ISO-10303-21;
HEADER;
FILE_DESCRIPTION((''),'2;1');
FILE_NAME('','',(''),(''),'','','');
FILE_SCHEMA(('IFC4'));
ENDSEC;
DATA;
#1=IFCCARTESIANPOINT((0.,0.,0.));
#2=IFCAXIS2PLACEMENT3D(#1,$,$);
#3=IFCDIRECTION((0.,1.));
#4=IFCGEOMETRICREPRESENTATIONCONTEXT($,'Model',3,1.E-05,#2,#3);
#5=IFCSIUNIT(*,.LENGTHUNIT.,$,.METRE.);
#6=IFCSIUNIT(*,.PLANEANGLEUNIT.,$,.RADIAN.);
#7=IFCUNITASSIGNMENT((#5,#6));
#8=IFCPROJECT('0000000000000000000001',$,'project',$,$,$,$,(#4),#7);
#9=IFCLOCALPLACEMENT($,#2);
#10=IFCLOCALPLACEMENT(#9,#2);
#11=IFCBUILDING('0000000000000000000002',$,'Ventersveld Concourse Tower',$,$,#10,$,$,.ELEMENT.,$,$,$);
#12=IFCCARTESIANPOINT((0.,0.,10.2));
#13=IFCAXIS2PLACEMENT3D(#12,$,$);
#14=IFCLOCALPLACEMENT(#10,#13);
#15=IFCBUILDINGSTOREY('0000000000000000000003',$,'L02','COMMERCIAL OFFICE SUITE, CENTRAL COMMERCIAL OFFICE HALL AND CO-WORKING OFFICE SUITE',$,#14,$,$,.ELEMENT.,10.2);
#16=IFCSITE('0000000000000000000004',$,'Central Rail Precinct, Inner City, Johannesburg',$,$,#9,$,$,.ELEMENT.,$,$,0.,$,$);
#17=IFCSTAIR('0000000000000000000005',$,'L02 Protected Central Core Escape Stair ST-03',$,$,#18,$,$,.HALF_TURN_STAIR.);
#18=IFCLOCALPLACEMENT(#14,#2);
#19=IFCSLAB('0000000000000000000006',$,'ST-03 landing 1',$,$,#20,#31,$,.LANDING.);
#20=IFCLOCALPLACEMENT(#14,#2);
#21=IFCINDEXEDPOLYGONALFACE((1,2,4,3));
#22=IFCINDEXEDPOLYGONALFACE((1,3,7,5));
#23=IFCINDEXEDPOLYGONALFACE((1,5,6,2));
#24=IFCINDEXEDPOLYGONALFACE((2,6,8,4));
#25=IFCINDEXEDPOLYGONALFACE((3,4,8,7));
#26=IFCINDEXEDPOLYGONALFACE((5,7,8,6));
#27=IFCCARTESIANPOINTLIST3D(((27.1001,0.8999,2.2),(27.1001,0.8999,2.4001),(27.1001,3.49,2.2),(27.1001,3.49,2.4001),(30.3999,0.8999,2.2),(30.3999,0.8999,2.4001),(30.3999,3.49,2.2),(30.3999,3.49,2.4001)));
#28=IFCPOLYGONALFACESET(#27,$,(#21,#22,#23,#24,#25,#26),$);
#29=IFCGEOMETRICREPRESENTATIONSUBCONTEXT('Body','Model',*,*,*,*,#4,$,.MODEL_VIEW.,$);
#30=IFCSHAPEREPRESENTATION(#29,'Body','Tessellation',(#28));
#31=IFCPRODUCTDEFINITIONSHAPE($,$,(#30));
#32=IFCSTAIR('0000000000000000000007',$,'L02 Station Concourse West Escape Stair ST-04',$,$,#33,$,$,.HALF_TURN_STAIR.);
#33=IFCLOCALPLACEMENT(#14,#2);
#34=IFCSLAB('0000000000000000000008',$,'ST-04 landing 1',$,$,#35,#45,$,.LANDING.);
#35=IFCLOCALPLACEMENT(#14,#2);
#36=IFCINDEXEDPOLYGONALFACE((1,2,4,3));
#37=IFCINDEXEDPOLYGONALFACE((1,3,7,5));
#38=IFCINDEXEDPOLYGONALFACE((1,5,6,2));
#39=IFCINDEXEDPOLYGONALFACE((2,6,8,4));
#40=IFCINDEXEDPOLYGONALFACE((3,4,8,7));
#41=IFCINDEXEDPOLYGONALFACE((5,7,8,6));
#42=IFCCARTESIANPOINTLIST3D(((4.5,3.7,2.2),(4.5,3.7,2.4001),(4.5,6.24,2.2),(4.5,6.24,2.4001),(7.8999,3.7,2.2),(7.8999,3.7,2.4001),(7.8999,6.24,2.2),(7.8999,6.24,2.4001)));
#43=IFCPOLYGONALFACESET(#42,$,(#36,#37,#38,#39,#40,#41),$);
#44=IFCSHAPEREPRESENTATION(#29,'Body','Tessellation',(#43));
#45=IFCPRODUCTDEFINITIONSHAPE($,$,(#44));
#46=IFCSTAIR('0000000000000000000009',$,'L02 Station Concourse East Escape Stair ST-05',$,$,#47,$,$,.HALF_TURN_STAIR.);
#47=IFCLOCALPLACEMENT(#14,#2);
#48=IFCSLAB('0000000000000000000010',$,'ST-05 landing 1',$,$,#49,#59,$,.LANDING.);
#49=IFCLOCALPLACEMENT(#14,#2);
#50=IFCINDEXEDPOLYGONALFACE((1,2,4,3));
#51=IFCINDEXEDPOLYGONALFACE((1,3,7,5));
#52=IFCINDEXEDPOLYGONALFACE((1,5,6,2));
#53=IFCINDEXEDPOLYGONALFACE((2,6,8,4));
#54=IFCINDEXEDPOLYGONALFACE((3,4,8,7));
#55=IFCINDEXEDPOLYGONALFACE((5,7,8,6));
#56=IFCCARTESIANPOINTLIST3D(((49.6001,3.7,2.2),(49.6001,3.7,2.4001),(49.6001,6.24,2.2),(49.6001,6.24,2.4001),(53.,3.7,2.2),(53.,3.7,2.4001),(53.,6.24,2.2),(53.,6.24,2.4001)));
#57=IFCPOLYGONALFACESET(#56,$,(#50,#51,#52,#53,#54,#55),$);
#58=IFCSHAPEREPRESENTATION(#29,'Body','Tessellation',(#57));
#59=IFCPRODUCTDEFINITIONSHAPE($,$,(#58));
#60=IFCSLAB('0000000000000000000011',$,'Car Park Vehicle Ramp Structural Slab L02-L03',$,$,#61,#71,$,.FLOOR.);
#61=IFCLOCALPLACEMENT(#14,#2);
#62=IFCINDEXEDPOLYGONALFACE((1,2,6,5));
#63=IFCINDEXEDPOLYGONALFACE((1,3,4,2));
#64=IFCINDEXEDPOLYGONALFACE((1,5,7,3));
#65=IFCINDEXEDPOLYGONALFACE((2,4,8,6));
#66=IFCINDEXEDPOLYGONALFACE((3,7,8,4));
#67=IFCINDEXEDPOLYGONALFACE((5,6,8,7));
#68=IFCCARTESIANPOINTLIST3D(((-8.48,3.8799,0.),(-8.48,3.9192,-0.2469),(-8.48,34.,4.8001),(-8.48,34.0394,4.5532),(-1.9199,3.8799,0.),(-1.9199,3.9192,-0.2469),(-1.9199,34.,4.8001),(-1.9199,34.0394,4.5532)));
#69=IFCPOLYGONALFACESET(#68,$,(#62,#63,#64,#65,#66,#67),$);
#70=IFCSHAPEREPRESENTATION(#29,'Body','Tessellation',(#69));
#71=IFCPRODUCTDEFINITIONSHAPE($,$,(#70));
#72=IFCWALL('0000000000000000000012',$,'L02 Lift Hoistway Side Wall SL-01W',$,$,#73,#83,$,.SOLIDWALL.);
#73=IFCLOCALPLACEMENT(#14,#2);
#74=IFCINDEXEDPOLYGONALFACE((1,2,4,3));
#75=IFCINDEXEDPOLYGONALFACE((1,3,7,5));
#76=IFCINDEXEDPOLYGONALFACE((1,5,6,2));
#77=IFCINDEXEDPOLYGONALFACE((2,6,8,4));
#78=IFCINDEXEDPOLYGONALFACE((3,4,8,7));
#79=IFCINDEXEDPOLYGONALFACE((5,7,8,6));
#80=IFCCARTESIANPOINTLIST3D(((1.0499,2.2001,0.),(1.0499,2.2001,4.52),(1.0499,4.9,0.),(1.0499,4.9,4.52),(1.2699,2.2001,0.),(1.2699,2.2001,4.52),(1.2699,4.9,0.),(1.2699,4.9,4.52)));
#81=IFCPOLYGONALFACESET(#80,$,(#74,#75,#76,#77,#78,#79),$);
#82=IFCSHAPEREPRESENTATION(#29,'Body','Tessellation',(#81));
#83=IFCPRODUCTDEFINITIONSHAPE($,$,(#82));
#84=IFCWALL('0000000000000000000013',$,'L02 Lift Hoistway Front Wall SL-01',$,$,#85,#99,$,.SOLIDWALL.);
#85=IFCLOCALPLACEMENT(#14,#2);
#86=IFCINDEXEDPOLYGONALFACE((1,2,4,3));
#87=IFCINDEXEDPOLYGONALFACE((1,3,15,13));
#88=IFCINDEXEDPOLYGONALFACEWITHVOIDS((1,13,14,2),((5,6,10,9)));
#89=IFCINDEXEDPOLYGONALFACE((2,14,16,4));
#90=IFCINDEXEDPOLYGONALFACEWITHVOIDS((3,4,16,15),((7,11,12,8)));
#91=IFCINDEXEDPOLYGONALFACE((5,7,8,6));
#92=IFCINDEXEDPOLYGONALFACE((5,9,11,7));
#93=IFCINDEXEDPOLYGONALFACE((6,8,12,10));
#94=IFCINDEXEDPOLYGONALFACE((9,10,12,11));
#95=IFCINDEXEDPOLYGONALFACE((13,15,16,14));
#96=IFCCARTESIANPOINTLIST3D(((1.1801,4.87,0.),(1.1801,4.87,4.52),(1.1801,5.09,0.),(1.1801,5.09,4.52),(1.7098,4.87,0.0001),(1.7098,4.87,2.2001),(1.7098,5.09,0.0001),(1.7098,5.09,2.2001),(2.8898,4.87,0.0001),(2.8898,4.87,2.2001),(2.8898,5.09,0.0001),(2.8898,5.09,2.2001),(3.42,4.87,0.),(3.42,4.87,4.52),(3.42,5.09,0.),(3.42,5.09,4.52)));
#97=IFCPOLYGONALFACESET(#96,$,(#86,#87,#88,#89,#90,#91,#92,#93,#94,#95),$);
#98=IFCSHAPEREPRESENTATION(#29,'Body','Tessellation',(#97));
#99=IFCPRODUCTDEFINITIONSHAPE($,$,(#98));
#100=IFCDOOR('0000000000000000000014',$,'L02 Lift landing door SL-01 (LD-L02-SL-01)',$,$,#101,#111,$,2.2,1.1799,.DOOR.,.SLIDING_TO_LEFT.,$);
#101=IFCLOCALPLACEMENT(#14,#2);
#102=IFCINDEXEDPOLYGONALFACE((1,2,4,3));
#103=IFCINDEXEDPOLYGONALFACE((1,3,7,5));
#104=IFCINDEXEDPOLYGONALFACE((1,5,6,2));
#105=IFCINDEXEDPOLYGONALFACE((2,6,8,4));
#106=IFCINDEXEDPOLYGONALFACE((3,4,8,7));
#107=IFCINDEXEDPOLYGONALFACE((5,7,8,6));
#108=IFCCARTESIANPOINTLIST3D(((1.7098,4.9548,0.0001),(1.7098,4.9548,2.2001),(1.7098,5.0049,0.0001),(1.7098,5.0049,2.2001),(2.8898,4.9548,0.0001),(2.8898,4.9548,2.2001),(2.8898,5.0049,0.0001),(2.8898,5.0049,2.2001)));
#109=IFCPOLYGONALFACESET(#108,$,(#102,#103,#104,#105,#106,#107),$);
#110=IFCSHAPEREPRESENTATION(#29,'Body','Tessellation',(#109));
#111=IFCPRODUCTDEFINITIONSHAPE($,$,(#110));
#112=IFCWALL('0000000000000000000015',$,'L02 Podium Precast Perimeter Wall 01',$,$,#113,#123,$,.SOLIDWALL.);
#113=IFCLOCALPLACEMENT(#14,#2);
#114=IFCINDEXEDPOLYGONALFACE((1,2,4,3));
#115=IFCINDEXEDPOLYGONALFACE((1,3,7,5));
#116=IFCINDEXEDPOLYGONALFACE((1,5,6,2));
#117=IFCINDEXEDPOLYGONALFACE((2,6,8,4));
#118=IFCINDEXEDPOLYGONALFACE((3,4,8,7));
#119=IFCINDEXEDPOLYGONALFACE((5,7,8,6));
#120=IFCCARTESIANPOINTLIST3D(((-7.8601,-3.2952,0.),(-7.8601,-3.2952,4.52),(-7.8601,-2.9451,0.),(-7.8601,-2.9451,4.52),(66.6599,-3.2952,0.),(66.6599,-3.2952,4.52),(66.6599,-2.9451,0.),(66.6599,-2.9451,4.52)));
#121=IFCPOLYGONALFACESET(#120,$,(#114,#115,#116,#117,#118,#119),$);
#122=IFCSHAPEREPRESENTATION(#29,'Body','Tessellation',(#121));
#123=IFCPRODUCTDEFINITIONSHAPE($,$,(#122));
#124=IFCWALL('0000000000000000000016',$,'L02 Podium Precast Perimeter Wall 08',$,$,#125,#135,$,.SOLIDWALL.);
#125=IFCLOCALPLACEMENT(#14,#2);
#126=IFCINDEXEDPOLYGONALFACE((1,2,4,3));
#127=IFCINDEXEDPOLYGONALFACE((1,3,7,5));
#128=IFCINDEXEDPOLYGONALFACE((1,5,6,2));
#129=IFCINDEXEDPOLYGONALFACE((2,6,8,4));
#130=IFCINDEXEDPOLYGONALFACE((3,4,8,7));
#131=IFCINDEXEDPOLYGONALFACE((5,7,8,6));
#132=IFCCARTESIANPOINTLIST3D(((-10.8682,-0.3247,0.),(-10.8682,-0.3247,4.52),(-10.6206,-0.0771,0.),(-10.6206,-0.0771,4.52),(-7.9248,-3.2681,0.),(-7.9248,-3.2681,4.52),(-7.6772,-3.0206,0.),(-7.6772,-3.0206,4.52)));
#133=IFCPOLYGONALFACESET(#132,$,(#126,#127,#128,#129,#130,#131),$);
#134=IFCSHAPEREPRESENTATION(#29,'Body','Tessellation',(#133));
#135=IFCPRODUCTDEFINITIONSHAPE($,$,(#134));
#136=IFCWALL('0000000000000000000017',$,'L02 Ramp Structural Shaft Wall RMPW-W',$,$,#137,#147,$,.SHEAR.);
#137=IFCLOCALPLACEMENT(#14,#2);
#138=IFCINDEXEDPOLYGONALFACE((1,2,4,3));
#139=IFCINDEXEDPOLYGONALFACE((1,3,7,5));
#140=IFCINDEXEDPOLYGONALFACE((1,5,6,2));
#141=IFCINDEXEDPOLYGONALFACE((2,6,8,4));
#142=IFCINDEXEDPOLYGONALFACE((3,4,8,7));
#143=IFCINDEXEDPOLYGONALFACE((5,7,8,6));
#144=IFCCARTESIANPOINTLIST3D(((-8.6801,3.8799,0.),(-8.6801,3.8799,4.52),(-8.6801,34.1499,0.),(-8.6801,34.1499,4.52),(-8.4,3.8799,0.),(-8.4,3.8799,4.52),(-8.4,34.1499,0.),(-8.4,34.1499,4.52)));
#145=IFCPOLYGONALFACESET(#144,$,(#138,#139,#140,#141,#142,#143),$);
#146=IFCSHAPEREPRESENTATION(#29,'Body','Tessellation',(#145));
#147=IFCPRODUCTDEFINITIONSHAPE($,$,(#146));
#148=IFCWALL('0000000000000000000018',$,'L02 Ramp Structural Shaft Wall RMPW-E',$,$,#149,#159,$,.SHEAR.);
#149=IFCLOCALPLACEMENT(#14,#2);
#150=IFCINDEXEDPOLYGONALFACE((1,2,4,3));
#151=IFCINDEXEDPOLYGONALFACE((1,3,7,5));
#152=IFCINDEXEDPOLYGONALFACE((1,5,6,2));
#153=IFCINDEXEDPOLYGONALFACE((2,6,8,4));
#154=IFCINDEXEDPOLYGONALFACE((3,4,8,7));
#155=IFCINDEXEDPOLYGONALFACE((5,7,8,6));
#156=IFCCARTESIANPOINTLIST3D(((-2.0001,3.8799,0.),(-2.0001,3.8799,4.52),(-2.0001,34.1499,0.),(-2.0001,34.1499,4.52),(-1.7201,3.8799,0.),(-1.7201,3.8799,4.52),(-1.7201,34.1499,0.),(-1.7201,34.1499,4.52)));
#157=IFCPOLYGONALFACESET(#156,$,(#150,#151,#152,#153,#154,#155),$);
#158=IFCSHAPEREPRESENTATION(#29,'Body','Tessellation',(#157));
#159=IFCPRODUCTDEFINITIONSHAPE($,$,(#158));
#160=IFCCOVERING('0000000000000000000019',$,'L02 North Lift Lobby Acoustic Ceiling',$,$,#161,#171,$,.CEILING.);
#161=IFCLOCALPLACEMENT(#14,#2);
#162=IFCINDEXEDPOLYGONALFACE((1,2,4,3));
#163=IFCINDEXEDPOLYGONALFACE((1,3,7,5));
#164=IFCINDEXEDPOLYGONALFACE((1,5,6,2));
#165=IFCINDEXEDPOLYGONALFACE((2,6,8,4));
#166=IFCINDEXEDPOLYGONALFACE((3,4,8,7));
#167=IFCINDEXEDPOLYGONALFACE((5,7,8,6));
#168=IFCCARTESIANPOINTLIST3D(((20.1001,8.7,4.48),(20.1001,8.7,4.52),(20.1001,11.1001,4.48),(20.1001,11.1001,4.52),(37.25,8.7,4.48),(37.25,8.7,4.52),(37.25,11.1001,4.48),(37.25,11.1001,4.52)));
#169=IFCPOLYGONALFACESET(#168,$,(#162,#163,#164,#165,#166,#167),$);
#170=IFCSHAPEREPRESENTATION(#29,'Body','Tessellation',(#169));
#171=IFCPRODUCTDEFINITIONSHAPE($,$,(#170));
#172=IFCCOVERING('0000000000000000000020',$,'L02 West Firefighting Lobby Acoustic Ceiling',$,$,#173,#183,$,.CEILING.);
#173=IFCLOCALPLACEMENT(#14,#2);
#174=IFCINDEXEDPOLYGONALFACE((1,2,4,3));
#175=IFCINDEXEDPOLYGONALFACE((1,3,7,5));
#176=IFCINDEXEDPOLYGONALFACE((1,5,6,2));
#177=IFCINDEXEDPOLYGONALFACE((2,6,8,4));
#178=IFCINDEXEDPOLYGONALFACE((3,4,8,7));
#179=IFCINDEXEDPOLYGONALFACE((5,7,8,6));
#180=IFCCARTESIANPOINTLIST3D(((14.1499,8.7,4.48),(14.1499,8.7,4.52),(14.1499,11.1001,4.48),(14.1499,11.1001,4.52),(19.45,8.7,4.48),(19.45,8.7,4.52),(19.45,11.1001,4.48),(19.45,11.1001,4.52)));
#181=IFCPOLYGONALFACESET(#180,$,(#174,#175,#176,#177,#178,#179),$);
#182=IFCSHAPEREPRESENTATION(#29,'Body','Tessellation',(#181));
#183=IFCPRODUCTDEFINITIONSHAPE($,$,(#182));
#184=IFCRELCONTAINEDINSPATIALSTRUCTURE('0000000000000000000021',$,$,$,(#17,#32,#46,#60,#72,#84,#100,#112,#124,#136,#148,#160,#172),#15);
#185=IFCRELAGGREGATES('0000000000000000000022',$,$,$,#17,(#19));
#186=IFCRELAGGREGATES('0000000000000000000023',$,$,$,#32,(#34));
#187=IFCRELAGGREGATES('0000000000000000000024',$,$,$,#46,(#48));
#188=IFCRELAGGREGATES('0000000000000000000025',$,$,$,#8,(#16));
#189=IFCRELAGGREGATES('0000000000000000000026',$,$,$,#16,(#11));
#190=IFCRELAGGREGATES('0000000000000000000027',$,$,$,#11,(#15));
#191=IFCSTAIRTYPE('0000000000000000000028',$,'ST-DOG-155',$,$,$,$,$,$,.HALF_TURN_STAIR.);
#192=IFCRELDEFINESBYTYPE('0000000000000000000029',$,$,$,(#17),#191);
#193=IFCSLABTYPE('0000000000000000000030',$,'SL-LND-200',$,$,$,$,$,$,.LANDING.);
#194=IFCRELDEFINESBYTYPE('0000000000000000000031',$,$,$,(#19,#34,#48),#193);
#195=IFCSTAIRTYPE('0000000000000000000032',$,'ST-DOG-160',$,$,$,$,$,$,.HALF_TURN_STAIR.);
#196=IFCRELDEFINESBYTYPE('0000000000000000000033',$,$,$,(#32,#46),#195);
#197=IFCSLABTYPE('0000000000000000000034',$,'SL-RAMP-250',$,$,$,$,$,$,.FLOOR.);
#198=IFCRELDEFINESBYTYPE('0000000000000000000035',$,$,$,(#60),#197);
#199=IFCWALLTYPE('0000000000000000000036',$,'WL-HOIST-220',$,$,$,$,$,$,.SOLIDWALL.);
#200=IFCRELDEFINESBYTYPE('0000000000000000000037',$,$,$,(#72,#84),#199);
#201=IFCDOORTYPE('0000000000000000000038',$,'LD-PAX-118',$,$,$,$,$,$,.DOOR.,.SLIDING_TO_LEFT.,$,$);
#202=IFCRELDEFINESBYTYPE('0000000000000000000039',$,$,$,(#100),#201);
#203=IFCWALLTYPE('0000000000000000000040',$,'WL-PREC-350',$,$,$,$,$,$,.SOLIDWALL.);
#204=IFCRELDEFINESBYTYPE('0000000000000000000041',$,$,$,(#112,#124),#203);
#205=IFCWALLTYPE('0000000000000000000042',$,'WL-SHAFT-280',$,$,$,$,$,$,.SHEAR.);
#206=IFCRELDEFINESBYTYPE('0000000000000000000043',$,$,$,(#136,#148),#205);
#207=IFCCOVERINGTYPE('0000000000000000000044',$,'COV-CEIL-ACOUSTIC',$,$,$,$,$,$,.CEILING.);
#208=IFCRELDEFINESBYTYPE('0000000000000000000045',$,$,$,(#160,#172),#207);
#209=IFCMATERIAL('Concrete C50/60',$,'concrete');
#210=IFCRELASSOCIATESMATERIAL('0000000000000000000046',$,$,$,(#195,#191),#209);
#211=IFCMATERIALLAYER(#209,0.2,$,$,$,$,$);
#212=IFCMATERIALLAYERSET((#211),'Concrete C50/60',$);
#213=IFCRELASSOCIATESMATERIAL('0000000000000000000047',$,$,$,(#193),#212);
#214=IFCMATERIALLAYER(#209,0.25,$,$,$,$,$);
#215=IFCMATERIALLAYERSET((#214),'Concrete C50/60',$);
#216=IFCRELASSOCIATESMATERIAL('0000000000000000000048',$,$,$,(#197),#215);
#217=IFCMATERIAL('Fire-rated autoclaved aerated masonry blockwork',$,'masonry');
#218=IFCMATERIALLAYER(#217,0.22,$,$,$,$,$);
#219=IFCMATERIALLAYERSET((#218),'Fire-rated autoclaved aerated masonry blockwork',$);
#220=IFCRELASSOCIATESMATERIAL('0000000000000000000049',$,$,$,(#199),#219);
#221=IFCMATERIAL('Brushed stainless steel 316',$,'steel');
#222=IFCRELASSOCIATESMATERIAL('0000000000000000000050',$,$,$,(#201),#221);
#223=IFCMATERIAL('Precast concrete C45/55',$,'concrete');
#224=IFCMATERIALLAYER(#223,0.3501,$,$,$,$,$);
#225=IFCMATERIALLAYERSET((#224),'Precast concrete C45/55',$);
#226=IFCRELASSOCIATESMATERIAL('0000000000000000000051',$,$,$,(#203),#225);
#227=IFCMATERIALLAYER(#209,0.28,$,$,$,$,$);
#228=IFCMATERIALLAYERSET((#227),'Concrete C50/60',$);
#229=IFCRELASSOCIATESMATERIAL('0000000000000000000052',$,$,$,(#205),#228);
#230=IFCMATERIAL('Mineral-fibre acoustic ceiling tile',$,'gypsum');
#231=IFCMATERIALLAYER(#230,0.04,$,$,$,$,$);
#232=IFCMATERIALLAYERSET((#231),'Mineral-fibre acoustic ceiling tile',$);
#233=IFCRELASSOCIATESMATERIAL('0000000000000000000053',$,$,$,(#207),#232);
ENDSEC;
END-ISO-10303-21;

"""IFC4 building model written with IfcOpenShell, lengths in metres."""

from ifc_helpers import new_model, si_unit, direction, frame, frame_2d, origin, place, context, subcontext, project, spatial, polyline, rectangle, outline, extrude, material, layer, layer_set, type_object, element, fill, aggregate, save


model = new_model("IFC4")

# Units and contexts
model_context = context("Model", 3, precision=1e-05, world=origin(), true_north=direction((0.0, 1.0)))
body_context = subcontext(model_context, "Body", "Model", "MODEL_VIEW")
ifc_project = project(units=[si_unit("LENGTHUNIT", "METRE"), si_unit("PLANEANGLEUNIT", "RADIAN")], contexts=[model_context])

# Site, building, storey
site_placement = place(None, origin())
site = spatial("IfcSite", under=ifc_project, at=site_placement, Name="Central Rail Precinct, Inner City, Johannesburg", CompositionType="ELEMENT", RefElevation=0.0)
building_placement = place(site_placement, origin())
building = spatial("IfcBuilding", under=site, at=building_placement, Name="Ventersveld Concourse Tower", CompositionType="ELEMENT")
storey_placement = place(building_placement, frame((0.0, 0.0, 10.2)))
storey = spatial("IfcBuildingStorey", under=building, at=storey_placement, Name="L02", Description="COMMERCIAL OFFICE SUITE, CENTRAL COMMERCIAL OFFICE HALL AND CO-WORKING OFFICE SUITE", CompositionType="ELEMENT", Elevation=10.2)

# Shared definitions
ifc_material_1 = material(Name="Concrete C50/60", Category="concrete")

# Stairs, slabs
stair_type_1 = type_object("IfcStairType", Name="ST-DOG-160", PredefinedType="HALF_TURN_STAIR", material=ifc_material_1)
ifc_layer_1 = layer(ifc_material_1, 0.2)
ifc_layer_set_1 = layer_set([ifc_layer_1], Name="Concrete C50/60")
slab_type_1 = type_object("IfcSlabType", Name="SL-LND-200", PredefinedType="LANDING", material=ifc_layer_set_1)
stair_type_2 = type_object("IfcStairType", Name="ST-DOG-155", PredefinedType="HALF_TURN_STAIR", material=ifc_material_1)
stair_1_placement = place(storey_placement, origin())
stair_1 = element("IfcStair", 1, at=stair_1_placement, inside=storey, type_object=stair_type_2, Name="L02 Protected Central Core Escape Stair ST-03", PredefinedType="HALF_TURN_STAIR")
slab_1_placement = place(storey_placement, frame((0.0, 0.0, 2.2)))
slab_1 = element("IfcSlab", 2, at=slab_1_placement, type_object=slab_type_1, Name="ST-03 landing 1", PredefinedType="LANDING", context=body_context, shape_type="SweptSolid", body=[
    extrude(outline(polyline([(27.1001, 3.49), (27.1001, 0.8999), (30.3999, 0.8999), (30.3999, 3.49), (27.1001, 3.49)])), origin(), (0.0, 0.0, 1.0), 0.2002),
])
aggregate(stair_1, [slab_1])
stair_2_placement = place(storey_placement, origin())
stair_2 = element("IfcStair", 3, at=stair_2_placement, inside=storey, type_object=stair_type_1, Name="L02 Station Concourse West Escape Stair ST-04", PredefinedType="HALF_TURN_STAIR")
slab_2_placement = place(storey_placement, frame((0.0, 0.0, 2.2)))
slab_2 = element("IfcSlab", 4, at=slab_2_placement, type_object=slab_type_1, Name="ST-04 landing 1", PredefinedType="LANDING", context=body_context, shape_type="SweptSolid", body=[
    extrude(outline(polyline([(4.5, 6.24), (4.5, 3.7), (7.8999, 3.7), (7.8999, 6.24), (4.5, 6.24)])), origin(), (0.0, 0.0, 1.0), 0.2002),
])
aggregate(stair_2, [slab_2])
stair_3_placement = place(storey_placement, origin())
stair_3 = element("IfcStair", 5, at=stair_3_placement, inside=storey, type_object=stair_type_1, Name="L02 Station Concourse East Escape Stair ST-05", PredefinedType="HALF_TURN_STAIR")
slab_3_placement = place(storey_placement, frame((0.0, 0.0, 2.2)))
slab_3 = element("IfcSlab", 6, at=slab_3_placement, type_object=slab_type_1, Name="ST-05 landing 1", PredefinedType="LANDING", context=body_context, shape_type="SweptSolid", body=[
    extrude(outline(polyline([(49.6001, 6.24), (49.6001, 3.7), (53.0, 3.7), (53.0, 6.24), (49.6001, 6.24)])), origin(), (0.0, 0.0, 1.0), 0.2002),
])
aggregate(stair_3, [slab_3])

# Slab
ifc_layer_2 = layer(ifc_material_1, 0.25)
ifc_layer_set_2 = layer_set([ifc_layer_2], Name="Concrete C50/60")
slab_type_2 = type_object("IfcSlabType", Name="SL-RAMP-250", PredefinedType="FLOOR", material=ifc_layer_set_2)
slab_4_placement = place(storey_placement, frame((-8.48, 3.8799, 0.0), z_axis=(0.0, -0.157378, 0.987538), x_axis=(1.0, 0.0, 0.0)))
element("IfcSlab", 7, at=slab_4_placement, inside=storey, type_object=slab_type_2, Name="Car Park Vehicle Ramp Structural Slab L02-L03", PredefinedType="FLOOR", context=body_context, shape_type="SweptSolid", body=[
    extrude(outline(polyline([(0.0, 0.0), (6.5601, 0.0), (6.5601, 30.5002), (0.0, 30.5002), (0.0, 0.0)])), origin(), (0.0, 0.0, -1.0), 0.25),
])

# Wall
ifc_material_2 = material(Name="Fire-rated autoclaved aerated masonry blockwork", Category="masonry")
ifc_layer_3 = layer(ifc_material_2, 0.22)
ifc_layer_set_3 = layer_set([ifc_layer_3], Name="Fire-rated autoclaved aerated masonry blockwork")
wall_type_1 = type_object("IfcWallType", Name="WL-HOIST-220", PredefinedType="SOLIDWALL", material=ifc_layer_set_3)
wall_1_placement = place(storey_placement, frame((1.1599, 2.2, 0.0), z_axis=(0.0, 0.0, 1.0), x_axis=(0.0, 1.0, 0.0)))
element("IfcWall", 8, at=wall_1_placement, inside=storey, type_object=wall_type_1, Name="L02 Lift Hoistway Side Wall SL-01W", PredefinedType="SOLIDWALL", context=body_context, shape_type="SweptSolid", body=[
    extrude(rectangle(XDim=2.7, YDim=0.22, at=frame_2d((1.3501, 0.0))), origin(), (0.0, 0.0, 1.0), 4.52),
])

# Wall, opening, door
wall_2_placement = place(storey_placement, frame((1.1799, 4.98, 0.0), z_axis=(0.0, 0.0, 1.0), x_axis=(1.0, 0.0, 0.0)))
wall_2 = element("IfcWall", 9, at=wall_2_placement, inside=storey, type_object=wall_type_1, Name="L02 Lift Hoistway Front Wall SL-01", PredefinedType="SOLIDWALL", context=body_context, shape_type="SweptSolid", body=[
    extrude(rectangle(XDim=2.24, YDim=0.22, at=frame_2d((1.1201, 0.0))), origin(), (0.0, 0.0, 1.0), 4.52),
])
opening_placement = place(wall_2_placement, frame((0.53, 0.0, 0.0)))
opening = element("IfcOpeningElement", 10, at=opening_placement, cuts=wall_2, PredefinedType="OPENING", context=body_context, shape_type="SweptSolid", body=[
    extrude(rectangle(XDim=1.1799, YDim=2.2, at=frame_2d((0.5898, 1.1001))), frame((0.0, 0.1201, 0.0), z_axis=(0.0, -1.0, 0.0), x_axis=(1.0, 0.0, 0.0)), (0.0, 0.0, 1.0), 0.24),
])
ifc_material_3 = material(Name="Brushed stainless steel 316", Category="steel")
door_type = type_object("IfcDoorType", Name="LD-PAX-118", OperationType="SLIDING_TO_LEFT", PredefinedType="DOOR", material=ifc_material_3)
door_placement = place(opening_placement, origin())
door = element("IfcDoor", 11, at=door_placement, inside=storey, type_object=door_type, Name="L02 Lift landing door SL-01 (LD-L02-SL-01)", OperationType="SLIDING_TO_LEFT", OverallHeight=2.2, OverallWidth=1.1799, PredefinedType="DOOR", context=body_context, shape_type="SweptSolid", body=[
    extrude(rectangle(XDim=1.1799, YDim=2.2, at=frame_2d((0.5898, 1.1001))), frame((0.0, 0.0249, 0.0), z_axis=(0.0, -1.0, 0.0), x_axis=(1.0, 0.0, 0.0)), (0.0, 0.0, 1.0), 0.05),
])
fill(opening, door)

# Walls
ifc_material_4 = material(Name="Precast concrete C45/55", Category="concrete")
ifc_layer_4 = layer(ifc_material_4, 0.3501)
ifc_layer_set_4 = layer_set([ifc_layer_4], Name="Precast concrete C45/55")
wall_type_2 = type_object("IfcWallType", Name="WL-PREC-350", PredefinedType="SOLIDWALL", material=ifc_layer_set_4)
wall_3_placement = place(storey_placement, frame((-7.8601, -3.1201, 0.0), z_axis=(0.0, 0.0, 1.0), x_axis=(1.0, 0.0, 0.0)))
element("IfcWall", 12, at=wall_3_placement, inside=storey, type_object=wall_type_2, Name="L02 Podium Precast Perimeter Wall 01", PredefinedType="SOLIDWALL", context=body_context, shape_type="SweptSolid", body=[
    extrude(rectangle(XDim=74.52, YDim=0.3501, at=frame_2d((37.26, 0.0))), origin(), (0.0, 0.0, 1.0), 4.52),
])
wall_4_placement = place(storey_placement, frame((-10.7444, -0.2009, 0.0), z_axis=(0.0, 0.0, 1.0), x_axis=(0.707107, -0.707107, 0.0)))
element("IfcWall", 13, at=wall_4_placement, inside=storey, type_object=wall_type_2, Name="L02 Podium Precast Perimeter Wall 08", PredefinedType="SOLIDWALL", context=body_context, shape_type="SweptSolid", body=[
    extrude(rectangle(XDim=4.1626, YDim=0.3501, at=frame_2d((2.0813, 0.0))), origin(), (0.0, 0.0, 1.0), 4.52),
])
ifc_layer_5 = layer(ifc_material_1, 0.28)
ifc_layer_set_5 = layer_set([ifc_layer_5], Name="Concrete C50/60")
wall_type_3 = type_object("IfcWallType", Name="WL-SHAFT-280", PredefinedType="SHEAR", material=ifc_layer_set_5)
for number, where, z_axis, x_axis, name in (
    (14, (-8.54, 3.8799, 0.0), (0.0, 0.0, 1.0), (0.0, 1.0, 0.0), "L02 Ramp Structural Shaft Wall RMPW-W"),
    (15, (-1.8601, 3.8799, 0.0), (0.0, 0.0, 1.0), (0.0, 1.0, 0.0), "L02 Ramp Structural Shaft Wall RMPW-E"),
):
    element("IfcWall", number, at=place(storey_placement, frame(where, z_axis=z_axis, x_axis=x_axis)), inside=storey, type_object=wall_type_3, Name=name, PredefinedType="SHEAR", context=body_context, shape_type="SweptSolid", body=[
        extrude(rectangle(XDim=30.27, YDim=0.28, at=frame_2d((15.135, 0.0))), origin(), (0.0, 0.0, 1.0), 4.52),
    ])

# Coverings
ifc_material_5 = material(Name="Mineral-fibre acoustic ceiling tile", Category="gypsum")
ifc_layer_6 = layer(ifc_material_5, 0.04)
ifc_layer_set_6 = layer_set([ifc_layer_6], Name="Mineral-fibre acoustic ceiling tile")
covering_type_1 = type_object("IfcCoveringType", Name="COV-CEIL-ACOUSTIC", PredefinedType="CEILING", material=ifc_layer_set_6)
covering_1_placement = place(storey_placement, frame((0.0, 0.0, 4.48)))
element("IfcCovering", 16, at=covering_1_placement, inside=storey, type_object=covering_type_1, Name="L02 North Lift Lobby Acoustic Ceiling", PredefinedType="CEILING", context=body_context, shape_type="SweptSolid", body=[
    extrude(outline(polyline([(20.1001, 8.7), (37.25, 8.7), (37.25, 11.1001), (20.1001, 11.1001), (20.1001, 8.7)])), origin(), (0.0, 0.0, 1.0), 0.04),
])
covering_2_placement = place(storey_placement, frame((0.0, 0.0, 4.48)))
element("IfcCovering", 17, at=covering_2_placement, inside=storey, type_object=covering_type_1, Name="L02 West Firefighting Lobby Acoustic Ceiling", PredefinedType="CEILING", context=body_context, shape_type="SweptSolid", body=[
    extrude(outline(polyline([(14.1499, 8.7), (19.45, 8.7), (19.45, 11.1001), (14.1499, 11.1001), (14.1499, 8.7)])), origin(), (0.0, 0.0, 1.0), 0.04),
])

save(model, "model.ifc")
